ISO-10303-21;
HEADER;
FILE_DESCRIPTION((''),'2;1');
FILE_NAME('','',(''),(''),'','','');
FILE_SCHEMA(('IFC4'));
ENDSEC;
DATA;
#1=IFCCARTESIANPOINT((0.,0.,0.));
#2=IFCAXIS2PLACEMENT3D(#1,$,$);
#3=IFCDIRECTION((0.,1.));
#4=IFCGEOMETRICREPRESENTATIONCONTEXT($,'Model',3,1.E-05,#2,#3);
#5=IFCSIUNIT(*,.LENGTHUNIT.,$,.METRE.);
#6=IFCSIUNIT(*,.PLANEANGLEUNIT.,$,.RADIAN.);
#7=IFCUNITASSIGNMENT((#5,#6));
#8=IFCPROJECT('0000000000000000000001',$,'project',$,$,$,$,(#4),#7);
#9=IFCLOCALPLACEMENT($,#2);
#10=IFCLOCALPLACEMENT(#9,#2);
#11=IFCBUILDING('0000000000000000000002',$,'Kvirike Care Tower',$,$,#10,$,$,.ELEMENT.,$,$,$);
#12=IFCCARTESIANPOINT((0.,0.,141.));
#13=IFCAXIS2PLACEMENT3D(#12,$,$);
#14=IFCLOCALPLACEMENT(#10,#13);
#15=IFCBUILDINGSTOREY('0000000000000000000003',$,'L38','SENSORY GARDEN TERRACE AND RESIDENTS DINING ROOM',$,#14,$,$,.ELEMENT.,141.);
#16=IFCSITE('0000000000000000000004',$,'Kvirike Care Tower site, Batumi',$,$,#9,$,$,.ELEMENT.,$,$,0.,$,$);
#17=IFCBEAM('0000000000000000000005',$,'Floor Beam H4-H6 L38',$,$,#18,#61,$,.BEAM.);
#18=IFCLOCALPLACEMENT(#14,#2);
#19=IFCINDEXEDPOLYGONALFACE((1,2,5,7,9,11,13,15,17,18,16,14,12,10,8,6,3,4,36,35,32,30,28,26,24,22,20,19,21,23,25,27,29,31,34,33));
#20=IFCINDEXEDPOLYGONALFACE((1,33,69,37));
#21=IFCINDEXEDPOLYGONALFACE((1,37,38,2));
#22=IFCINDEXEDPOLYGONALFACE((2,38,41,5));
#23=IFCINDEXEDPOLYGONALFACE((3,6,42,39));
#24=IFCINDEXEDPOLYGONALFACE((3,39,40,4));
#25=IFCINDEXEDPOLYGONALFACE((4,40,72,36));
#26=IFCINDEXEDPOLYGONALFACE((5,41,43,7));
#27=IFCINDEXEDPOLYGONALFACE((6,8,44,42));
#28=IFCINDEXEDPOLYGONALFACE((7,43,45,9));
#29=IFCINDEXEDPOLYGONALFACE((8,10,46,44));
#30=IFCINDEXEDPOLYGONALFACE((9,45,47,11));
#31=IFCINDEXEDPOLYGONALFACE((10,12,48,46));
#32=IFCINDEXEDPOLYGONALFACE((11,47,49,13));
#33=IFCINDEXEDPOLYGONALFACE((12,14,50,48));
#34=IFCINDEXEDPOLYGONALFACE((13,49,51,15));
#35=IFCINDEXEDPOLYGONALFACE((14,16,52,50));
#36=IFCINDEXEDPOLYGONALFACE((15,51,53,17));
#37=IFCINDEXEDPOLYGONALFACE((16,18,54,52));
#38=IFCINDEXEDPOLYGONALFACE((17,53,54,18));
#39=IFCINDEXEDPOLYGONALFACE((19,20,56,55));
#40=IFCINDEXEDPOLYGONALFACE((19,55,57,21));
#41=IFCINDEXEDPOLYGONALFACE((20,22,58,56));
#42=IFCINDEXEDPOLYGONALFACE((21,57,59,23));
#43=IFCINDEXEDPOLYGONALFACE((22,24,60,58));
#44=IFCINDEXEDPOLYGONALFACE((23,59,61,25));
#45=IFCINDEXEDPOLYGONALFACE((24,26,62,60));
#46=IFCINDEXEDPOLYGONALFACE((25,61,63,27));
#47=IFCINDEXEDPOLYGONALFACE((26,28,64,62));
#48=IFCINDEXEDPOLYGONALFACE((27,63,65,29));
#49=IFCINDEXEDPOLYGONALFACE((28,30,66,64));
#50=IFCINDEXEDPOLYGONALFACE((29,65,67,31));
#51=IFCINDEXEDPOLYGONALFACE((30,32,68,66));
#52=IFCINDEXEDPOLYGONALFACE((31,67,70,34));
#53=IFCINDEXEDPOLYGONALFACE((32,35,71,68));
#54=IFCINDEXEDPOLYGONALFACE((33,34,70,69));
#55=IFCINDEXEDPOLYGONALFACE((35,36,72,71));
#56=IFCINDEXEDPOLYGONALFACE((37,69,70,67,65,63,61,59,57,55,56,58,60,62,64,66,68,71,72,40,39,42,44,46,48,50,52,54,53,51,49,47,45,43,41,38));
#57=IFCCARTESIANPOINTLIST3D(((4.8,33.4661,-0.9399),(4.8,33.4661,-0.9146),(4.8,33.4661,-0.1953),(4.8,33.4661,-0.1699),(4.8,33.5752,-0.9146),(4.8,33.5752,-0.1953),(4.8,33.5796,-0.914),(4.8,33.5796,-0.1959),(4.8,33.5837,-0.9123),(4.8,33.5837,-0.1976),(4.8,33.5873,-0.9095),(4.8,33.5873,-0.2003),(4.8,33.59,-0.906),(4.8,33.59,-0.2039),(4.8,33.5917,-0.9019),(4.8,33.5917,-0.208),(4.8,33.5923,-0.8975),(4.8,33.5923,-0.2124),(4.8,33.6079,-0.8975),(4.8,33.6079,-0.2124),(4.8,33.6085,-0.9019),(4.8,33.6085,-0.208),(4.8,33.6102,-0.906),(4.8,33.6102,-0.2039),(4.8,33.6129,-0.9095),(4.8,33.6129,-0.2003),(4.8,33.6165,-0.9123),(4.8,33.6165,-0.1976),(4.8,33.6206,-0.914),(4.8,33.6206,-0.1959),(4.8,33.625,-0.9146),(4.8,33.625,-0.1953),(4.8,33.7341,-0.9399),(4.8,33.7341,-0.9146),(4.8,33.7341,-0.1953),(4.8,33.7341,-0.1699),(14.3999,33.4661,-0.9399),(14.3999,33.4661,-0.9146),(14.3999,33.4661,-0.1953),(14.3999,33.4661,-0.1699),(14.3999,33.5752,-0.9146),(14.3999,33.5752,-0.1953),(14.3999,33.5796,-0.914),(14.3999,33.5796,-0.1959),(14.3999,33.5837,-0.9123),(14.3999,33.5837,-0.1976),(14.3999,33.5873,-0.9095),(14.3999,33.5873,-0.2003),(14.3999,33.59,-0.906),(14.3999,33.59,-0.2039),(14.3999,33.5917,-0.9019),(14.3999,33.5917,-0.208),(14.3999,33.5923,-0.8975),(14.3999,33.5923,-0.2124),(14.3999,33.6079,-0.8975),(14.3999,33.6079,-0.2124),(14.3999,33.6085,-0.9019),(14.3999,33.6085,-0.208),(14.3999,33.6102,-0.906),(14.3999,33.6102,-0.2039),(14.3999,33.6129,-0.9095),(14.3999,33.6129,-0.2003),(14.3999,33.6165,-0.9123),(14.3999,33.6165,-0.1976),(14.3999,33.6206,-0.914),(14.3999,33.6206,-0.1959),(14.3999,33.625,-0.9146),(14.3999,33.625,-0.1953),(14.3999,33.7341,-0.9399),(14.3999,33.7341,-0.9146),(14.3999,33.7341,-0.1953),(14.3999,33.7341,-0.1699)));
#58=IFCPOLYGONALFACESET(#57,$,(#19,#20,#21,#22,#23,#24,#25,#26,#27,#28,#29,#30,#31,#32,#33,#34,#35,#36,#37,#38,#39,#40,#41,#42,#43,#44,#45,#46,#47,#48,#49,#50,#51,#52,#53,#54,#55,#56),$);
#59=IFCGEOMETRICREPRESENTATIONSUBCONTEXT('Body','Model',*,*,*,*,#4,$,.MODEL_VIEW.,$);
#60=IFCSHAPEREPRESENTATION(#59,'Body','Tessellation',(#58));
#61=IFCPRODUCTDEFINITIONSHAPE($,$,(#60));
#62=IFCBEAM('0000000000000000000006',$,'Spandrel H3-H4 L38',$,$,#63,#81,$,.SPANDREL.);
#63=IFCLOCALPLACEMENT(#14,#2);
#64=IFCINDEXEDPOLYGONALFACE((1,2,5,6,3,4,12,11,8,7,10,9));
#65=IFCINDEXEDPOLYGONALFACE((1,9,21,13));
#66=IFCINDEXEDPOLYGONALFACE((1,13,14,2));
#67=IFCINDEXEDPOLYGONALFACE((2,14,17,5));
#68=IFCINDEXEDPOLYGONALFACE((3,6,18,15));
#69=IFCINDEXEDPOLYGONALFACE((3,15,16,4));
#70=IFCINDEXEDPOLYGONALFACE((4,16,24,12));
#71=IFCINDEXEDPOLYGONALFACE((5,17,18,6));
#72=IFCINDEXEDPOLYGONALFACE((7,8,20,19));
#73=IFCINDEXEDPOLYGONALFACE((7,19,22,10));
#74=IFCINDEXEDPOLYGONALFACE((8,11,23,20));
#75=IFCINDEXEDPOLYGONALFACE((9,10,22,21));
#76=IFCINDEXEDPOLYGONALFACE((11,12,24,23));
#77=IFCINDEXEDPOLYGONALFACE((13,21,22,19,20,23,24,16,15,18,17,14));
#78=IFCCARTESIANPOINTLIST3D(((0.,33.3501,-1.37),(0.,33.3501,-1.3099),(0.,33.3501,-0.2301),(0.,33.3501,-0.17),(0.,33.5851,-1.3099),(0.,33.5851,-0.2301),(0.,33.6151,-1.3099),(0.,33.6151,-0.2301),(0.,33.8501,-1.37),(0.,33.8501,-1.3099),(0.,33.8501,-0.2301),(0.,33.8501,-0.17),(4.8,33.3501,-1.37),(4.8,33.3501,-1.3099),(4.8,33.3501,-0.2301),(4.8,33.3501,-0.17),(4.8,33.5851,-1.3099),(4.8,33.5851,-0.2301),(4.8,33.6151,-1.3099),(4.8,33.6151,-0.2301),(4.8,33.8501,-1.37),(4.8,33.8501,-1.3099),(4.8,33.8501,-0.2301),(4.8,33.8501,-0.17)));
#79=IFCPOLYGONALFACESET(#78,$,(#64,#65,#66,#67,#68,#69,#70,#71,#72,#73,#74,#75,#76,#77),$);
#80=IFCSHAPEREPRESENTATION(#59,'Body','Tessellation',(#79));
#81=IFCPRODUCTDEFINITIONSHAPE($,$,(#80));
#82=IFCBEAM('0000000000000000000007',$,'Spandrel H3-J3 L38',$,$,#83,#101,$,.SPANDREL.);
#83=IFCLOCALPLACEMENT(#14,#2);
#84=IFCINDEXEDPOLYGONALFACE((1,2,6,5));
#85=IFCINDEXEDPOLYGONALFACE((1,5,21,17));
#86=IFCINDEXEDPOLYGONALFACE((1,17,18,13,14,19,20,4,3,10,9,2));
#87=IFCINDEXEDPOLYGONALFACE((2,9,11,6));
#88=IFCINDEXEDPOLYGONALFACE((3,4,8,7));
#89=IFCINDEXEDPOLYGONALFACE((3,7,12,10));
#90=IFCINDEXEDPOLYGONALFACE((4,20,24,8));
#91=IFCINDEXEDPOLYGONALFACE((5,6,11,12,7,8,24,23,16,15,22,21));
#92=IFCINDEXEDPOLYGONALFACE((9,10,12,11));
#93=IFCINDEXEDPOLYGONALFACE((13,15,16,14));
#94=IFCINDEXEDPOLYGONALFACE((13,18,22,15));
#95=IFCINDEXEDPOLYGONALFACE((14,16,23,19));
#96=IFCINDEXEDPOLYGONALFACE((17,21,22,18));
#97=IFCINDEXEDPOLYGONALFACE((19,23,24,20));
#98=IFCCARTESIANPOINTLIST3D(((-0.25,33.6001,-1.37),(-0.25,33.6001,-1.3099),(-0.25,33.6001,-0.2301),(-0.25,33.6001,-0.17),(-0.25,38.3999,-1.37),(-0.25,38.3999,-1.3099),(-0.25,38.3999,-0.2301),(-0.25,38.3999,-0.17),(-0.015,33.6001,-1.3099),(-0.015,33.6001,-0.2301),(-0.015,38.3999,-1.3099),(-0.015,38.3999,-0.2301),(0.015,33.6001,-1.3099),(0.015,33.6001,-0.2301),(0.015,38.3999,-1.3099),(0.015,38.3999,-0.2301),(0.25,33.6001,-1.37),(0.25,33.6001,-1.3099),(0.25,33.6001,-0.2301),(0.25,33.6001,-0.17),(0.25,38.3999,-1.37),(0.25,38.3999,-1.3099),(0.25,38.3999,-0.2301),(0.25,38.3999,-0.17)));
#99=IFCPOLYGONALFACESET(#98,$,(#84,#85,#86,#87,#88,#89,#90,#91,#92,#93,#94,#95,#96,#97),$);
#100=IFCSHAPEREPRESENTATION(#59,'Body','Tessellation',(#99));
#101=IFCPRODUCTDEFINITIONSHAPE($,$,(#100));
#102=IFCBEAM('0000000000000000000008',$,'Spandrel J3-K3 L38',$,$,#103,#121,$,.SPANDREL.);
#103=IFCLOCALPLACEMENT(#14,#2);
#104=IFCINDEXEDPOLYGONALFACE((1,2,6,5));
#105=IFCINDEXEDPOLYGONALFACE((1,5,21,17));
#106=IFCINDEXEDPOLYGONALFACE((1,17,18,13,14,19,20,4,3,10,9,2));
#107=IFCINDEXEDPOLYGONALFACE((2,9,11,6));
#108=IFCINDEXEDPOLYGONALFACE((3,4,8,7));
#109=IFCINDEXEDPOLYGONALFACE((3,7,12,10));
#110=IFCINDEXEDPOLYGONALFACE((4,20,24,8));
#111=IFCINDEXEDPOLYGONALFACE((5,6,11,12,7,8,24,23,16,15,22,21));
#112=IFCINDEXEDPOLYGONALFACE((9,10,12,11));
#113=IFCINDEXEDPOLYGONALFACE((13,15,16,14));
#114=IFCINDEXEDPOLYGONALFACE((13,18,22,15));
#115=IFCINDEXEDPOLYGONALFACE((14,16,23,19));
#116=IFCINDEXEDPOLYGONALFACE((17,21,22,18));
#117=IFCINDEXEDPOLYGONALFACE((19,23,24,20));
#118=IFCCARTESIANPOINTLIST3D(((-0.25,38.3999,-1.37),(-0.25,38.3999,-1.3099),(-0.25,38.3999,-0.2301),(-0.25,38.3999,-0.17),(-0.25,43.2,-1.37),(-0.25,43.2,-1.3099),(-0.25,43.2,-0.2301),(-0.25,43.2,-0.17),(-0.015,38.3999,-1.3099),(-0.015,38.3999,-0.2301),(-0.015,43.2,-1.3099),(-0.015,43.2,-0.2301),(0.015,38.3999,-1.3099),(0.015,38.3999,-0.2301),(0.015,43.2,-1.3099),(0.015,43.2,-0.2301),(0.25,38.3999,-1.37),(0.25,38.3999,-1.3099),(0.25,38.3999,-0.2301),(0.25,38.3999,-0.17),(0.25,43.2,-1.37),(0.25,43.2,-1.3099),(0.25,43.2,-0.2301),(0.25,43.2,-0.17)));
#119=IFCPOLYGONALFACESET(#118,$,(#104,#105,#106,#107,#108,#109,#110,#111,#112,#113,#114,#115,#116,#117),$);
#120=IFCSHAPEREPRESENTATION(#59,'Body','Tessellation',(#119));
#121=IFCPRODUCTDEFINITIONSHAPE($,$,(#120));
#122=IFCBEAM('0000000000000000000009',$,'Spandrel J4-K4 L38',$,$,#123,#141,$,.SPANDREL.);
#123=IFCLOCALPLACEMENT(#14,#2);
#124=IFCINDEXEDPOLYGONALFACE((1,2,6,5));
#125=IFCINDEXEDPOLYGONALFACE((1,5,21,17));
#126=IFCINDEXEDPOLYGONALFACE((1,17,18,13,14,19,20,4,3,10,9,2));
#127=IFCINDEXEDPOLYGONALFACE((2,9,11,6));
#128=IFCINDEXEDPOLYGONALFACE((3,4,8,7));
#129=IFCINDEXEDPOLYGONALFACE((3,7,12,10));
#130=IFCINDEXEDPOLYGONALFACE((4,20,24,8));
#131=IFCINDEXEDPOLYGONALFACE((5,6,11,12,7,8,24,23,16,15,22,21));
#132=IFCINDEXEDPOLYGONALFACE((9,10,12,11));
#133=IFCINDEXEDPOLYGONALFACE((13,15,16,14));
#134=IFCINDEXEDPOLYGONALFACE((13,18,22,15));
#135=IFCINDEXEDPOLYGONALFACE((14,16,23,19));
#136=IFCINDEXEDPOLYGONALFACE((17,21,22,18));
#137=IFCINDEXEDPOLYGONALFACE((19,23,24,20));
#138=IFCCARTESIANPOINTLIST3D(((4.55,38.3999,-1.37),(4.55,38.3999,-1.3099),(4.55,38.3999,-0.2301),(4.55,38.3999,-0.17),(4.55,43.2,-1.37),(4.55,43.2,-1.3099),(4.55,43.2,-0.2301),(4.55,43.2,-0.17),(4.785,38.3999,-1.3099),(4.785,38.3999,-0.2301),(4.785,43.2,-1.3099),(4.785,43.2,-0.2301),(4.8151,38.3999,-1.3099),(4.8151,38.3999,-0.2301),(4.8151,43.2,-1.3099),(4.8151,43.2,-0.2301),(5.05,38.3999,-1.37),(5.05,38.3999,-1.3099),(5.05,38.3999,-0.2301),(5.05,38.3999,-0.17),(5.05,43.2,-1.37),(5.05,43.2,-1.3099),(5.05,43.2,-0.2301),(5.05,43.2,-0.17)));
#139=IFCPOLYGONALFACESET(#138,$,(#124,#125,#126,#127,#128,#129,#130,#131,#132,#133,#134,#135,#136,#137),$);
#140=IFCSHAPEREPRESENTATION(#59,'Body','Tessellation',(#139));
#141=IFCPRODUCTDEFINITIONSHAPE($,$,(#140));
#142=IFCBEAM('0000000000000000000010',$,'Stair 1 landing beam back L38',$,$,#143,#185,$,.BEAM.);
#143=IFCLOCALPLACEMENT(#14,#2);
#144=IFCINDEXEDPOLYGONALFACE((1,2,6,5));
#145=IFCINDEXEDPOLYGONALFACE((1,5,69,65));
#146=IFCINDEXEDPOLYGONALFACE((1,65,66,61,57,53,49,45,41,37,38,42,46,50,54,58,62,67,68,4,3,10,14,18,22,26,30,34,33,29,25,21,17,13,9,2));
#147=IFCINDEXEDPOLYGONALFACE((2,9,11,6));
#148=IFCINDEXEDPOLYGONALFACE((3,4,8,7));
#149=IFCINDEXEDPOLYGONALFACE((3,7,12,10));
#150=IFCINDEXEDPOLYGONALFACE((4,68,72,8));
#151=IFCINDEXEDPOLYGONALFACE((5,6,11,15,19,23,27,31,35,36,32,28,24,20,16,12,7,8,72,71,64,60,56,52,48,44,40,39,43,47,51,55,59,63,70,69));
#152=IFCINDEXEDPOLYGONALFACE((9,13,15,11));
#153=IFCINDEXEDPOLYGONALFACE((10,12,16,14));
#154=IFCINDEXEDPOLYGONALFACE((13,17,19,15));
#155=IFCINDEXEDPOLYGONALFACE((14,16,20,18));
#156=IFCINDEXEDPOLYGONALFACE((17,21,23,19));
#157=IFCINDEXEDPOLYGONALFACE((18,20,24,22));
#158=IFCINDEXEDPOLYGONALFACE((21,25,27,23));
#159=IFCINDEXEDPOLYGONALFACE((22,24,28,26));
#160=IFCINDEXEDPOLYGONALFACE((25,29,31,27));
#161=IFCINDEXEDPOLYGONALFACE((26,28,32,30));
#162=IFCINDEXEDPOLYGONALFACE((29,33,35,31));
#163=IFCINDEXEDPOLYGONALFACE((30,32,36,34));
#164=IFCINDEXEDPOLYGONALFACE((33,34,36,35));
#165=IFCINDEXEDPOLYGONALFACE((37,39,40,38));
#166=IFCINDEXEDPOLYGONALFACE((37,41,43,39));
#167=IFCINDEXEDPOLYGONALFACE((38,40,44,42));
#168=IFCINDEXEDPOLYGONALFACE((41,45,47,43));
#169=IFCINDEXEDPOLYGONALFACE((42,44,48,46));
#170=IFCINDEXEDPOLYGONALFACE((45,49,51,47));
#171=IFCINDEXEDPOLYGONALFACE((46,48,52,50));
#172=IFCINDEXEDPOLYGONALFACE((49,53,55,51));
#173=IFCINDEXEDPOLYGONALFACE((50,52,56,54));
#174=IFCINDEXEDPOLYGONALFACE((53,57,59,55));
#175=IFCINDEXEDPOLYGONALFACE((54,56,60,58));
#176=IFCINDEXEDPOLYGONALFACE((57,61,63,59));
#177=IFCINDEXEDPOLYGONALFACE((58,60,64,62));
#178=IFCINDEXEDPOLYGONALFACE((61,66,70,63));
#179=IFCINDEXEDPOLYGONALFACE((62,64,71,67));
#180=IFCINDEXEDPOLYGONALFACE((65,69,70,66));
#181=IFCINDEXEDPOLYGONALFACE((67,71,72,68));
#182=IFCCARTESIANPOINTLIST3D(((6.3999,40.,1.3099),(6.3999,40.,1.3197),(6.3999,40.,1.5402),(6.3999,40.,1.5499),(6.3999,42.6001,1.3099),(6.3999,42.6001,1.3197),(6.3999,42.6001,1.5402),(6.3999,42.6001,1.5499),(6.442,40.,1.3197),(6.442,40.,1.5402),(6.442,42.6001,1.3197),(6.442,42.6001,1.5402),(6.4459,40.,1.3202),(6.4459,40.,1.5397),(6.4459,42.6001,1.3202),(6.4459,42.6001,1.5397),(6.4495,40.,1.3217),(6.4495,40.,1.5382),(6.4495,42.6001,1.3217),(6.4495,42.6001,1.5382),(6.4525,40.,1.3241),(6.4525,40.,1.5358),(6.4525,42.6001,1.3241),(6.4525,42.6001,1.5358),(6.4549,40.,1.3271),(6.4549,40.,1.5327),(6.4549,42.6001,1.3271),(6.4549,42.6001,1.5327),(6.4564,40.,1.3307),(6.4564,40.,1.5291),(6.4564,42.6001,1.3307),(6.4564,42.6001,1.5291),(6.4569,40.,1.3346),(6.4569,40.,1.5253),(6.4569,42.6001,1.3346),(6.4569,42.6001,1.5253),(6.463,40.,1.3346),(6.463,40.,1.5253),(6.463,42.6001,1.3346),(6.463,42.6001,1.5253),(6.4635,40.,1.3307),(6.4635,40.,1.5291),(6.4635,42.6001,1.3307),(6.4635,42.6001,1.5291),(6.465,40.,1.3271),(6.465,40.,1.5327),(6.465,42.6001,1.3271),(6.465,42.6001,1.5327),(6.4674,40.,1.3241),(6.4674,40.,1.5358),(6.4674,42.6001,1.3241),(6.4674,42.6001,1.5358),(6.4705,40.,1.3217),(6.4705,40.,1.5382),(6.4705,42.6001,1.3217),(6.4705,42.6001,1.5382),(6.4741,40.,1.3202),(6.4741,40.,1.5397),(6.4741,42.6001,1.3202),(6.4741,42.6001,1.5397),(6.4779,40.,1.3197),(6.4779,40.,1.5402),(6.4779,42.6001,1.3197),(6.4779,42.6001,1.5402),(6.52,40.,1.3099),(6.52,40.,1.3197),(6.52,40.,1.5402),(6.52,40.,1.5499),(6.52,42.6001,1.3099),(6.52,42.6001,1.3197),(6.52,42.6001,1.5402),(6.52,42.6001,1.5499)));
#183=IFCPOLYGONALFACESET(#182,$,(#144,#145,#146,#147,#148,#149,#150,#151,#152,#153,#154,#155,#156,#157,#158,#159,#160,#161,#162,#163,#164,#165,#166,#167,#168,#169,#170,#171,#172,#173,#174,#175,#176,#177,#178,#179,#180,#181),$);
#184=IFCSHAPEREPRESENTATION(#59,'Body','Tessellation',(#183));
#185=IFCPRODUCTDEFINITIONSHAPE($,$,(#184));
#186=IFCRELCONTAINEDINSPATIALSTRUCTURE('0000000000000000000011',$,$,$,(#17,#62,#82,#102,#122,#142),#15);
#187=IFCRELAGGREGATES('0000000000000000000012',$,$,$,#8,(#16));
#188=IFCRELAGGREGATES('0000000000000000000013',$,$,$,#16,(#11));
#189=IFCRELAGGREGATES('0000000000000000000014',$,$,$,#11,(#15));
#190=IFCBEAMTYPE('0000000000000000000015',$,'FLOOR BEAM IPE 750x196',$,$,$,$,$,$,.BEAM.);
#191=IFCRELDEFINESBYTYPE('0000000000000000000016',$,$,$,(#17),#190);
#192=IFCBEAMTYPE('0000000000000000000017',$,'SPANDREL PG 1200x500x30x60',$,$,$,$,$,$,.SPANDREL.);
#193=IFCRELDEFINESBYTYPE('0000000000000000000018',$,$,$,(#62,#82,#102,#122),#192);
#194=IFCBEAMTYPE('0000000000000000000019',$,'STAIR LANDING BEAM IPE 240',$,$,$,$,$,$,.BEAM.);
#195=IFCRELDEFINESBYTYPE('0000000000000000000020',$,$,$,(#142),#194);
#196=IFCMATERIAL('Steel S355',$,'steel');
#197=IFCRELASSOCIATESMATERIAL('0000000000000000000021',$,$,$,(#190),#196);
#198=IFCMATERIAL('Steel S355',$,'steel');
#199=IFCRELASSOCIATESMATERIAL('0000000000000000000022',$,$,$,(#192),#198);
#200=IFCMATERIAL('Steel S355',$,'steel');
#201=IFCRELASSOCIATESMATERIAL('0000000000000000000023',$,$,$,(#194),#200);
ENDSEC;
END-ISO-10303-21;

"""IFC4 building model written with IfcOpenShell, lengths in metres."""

from ifc_helpers import new_model, si_unit, direction, frame, origin, origin_2d, place, context, subcontext, project, spatial, i_section, extrude, material, material_profile, profile_set, type_object, element, save


model = new_model("IFC4")

# Units and contexts
model_context = context("Model", 3, precision=1e-05, world=origin(), true_north=direction((0.0, 1.0)))
body_context = subcontext(model_context, "Body", "Model", "MODEL_VIEW")
ifc_project = project(units=[si_unit("LENGTHUNIT", "METRE"), si_unit("PLANEANGLEUNIT", "RADIAN")], contexts=[model_context])

# Site, building, storey
site_placement = place(None, origin())
site = spatial("IfcSite", under=ifc_project, at=site_placement, Name="Kvirike Care Tower site, Batumi", CompositionType="ELEMENT", RefElevation=0.0)
building_placement = place(site_placement, origin())
building = spatial("IfcBuilding", under=site, at=building_placement, Name="Kvirike Care Tower", CompositionType="ELEMENT")
storey_placement = place(building_placement, frame((0.0, 0.0, 141.0)))
storey = spatial("IfcBuildingStorey", under=building, at=storey_placement, Name="L38", Description="SENSORY GARDEN TERRACE AND RESIDENTS DINING ROOM", CompositionType="ELEMENT", Elevation=141.0)

# Beams
ifc_material_1 = material(Name="Steel S355", Category="steel")
ifc_material_profile_1 = material_profile(ifc_material_1, i_section(OverallWidth=0.2681, OverallDepth=0.77, WebThickness=0.0156, FlangeThickness=0.0254, FilletRadius=0.0171, at=origin_2d()), Name="IPE 750x196")
ifc_profile_set_1 = profile_set([ifc_material_profile_1], Name="Steel S355")
beam_type_1 = type_object("IfcBeamType", Name="FLOOR BEAM IPE 750x196", PredefinedType="BEAM", material=ifc_profile_set_1)
beam_1_placement = place(storey_placement, frame((4.8, 33.6001, -0.5549), z_axis=(1.0, 0.0, 0.0), x_axis=(0.0, 1.0, 0.0)))
element("IfcBeam", 1, at=beam_1_placement, inside=storey, type_object=beam_type_1, Name="Floor Beam H4-H6 L38", PredefinedType="BEAM", context=body_context, shape_type="SweptSolid", body=[
    extrude(i_section(OverallWidth=0.2681, OverallDepth=0.77, WebThickness=0.0156, FlangeThickness=0.0254, FilletRadius=0.0171, at=origin_2d()), origin(), (0.0, 0.0, 1.0), 9.5999),
])
ifc_material_2 = material(Name="Steel S355", Category="steel")
ifc_material_profile_2 = material_profile(ifc_material_2, i_section(OverallWidth=0.5, OverallDepth=1.2, WebThickness=0.03, FlangeThickness=0.0601, at=origin_2d()), Name="PG 1200x500x30x60")
ifc_profile_set_2 = profile_set([ifc_material_profile_2], Name="Steel S355")
beam_type_2 = type_object("IfcBeamType", Name="SPANDREL PG 1200x500x30x60", PredefinedType="SPANDREL", material=ifc_profile_set_2)
beam_2_placement = place(storey_placement, frame((0.0, 33.6001, -0.77), z_axis=(1.0, 0.0, 0.0), x_axis=(0.0, 1.0, 0.0)))
element("IfcBeam", 2, at=beam_2_placement, inside=storey, type_object=beam_type_2, Name="Spandrel H3-H4 L38", PredefinedType="SPANDREL", context=body_context, shape_type="SweptSolid", body=[
    extrude(i_section(OverallWidth=0.5, OverallDepth=1.2, WebThickness=0.03, FlangeThickness=0.0601, at=origin_2d()), origin(), (0.0, 0.0, 1.0), 4.8),
])
beam_3_placement = place(storey_placement, frame((0.0, 33.6001, -0.77), z_axis=(0.0, 1.0, 0.0), x_axis=(-1.0, 0.0, 0.0)))
element("IfcBeam", 3, at=beam_3_placement, inside=storey, type_object=beam_type_2, Name="Spandrel H3-J3 L38", PredefinedType="SPANDREL", context=body_context, shape_type="SweptSolid", body=[
    extrude(i_section(OverallWidth=0.5, OverallDepth=1.2, WebThickness=0.03, FlangeThickness=0.0601, at=origin_2d()), origin(), (0.0, 0.0, 1.0), 4.7998),
])
for number, where, z_axis, x_axis, name in (
    (4, (0.0, 38.3999, -0.77), (0.0, 1.0, 0.0), (-1.0, 0.0, 0.0), "Spandrel J3-K3 L38"),
    (5, (4.8, 38.3999, -0.77), (0.0, 1.0, 0.0), (-1.0, 0.0, 0.0), "Spandrel J4-K4 L38"),
):
    element("IfcBeam", number, at=place(storey_placement, frame(where, z_axis=z_axis, x_axis=x_axis)), inside=storey, type_object=beam_type_2, Name=name, PredefinedType="SPANDREL", context=body_context, shape_type="SweptSolid", body=[
        extrude(i_section(OverallWidth=0.5, OverallDepth=1.2, WebThickness=0.03, FlangeThickness=0.0601, at=origin_2d()), origin(), (0.0, 0.0, 1.0), 4.8),
    ])
ifc_material_3 = material(Name="Steel S355", Category="steel")
ifc_material_profile_3 = material_profile(ifc_material_3, i_section(OverallWidth=0.1201, OverallDepth=0.24, WebThickness=0.0061, FlangeThickness=0.0098, FilletRadius=0.0149, at=origin_2d()), Name="IPE 240")
ifc_profile_set_3 = profile_set([ifc_material_profile_3], Name="Steel S355")
beam_type_3 = type_object("IfcBeamType", Name="STAIR LANDING BEAM IPE 240", PredefinedType="BEAM", material=ifc_profile_set_3)
beam_4_placement = place(storey_placement, frame((6.46, 42.6001, 1.4299), z_axis=(0.0, -1.0, 0.0), x_axis=(1.0, 0.0, 0.0)))
element("IfcBeam", 6, at=beam_4_placement, inside=storey, type_object=beam_type_3, Name="Stair 1 landing beam back L38", PredefinedType="BEAM", context=body_context, shape_type="SweptSolid", body=[
    extrude(i_section(OverallWidth=0.1201, OverallDepth=0.24, WebThickness=0.0061, FlangeThickness=0.0098, FilletRadius=0.0149, at=origin_2d()), origin(), (0.0, 0.0, 1.0), 2.6001),
])

save(model, "model.ifc")
